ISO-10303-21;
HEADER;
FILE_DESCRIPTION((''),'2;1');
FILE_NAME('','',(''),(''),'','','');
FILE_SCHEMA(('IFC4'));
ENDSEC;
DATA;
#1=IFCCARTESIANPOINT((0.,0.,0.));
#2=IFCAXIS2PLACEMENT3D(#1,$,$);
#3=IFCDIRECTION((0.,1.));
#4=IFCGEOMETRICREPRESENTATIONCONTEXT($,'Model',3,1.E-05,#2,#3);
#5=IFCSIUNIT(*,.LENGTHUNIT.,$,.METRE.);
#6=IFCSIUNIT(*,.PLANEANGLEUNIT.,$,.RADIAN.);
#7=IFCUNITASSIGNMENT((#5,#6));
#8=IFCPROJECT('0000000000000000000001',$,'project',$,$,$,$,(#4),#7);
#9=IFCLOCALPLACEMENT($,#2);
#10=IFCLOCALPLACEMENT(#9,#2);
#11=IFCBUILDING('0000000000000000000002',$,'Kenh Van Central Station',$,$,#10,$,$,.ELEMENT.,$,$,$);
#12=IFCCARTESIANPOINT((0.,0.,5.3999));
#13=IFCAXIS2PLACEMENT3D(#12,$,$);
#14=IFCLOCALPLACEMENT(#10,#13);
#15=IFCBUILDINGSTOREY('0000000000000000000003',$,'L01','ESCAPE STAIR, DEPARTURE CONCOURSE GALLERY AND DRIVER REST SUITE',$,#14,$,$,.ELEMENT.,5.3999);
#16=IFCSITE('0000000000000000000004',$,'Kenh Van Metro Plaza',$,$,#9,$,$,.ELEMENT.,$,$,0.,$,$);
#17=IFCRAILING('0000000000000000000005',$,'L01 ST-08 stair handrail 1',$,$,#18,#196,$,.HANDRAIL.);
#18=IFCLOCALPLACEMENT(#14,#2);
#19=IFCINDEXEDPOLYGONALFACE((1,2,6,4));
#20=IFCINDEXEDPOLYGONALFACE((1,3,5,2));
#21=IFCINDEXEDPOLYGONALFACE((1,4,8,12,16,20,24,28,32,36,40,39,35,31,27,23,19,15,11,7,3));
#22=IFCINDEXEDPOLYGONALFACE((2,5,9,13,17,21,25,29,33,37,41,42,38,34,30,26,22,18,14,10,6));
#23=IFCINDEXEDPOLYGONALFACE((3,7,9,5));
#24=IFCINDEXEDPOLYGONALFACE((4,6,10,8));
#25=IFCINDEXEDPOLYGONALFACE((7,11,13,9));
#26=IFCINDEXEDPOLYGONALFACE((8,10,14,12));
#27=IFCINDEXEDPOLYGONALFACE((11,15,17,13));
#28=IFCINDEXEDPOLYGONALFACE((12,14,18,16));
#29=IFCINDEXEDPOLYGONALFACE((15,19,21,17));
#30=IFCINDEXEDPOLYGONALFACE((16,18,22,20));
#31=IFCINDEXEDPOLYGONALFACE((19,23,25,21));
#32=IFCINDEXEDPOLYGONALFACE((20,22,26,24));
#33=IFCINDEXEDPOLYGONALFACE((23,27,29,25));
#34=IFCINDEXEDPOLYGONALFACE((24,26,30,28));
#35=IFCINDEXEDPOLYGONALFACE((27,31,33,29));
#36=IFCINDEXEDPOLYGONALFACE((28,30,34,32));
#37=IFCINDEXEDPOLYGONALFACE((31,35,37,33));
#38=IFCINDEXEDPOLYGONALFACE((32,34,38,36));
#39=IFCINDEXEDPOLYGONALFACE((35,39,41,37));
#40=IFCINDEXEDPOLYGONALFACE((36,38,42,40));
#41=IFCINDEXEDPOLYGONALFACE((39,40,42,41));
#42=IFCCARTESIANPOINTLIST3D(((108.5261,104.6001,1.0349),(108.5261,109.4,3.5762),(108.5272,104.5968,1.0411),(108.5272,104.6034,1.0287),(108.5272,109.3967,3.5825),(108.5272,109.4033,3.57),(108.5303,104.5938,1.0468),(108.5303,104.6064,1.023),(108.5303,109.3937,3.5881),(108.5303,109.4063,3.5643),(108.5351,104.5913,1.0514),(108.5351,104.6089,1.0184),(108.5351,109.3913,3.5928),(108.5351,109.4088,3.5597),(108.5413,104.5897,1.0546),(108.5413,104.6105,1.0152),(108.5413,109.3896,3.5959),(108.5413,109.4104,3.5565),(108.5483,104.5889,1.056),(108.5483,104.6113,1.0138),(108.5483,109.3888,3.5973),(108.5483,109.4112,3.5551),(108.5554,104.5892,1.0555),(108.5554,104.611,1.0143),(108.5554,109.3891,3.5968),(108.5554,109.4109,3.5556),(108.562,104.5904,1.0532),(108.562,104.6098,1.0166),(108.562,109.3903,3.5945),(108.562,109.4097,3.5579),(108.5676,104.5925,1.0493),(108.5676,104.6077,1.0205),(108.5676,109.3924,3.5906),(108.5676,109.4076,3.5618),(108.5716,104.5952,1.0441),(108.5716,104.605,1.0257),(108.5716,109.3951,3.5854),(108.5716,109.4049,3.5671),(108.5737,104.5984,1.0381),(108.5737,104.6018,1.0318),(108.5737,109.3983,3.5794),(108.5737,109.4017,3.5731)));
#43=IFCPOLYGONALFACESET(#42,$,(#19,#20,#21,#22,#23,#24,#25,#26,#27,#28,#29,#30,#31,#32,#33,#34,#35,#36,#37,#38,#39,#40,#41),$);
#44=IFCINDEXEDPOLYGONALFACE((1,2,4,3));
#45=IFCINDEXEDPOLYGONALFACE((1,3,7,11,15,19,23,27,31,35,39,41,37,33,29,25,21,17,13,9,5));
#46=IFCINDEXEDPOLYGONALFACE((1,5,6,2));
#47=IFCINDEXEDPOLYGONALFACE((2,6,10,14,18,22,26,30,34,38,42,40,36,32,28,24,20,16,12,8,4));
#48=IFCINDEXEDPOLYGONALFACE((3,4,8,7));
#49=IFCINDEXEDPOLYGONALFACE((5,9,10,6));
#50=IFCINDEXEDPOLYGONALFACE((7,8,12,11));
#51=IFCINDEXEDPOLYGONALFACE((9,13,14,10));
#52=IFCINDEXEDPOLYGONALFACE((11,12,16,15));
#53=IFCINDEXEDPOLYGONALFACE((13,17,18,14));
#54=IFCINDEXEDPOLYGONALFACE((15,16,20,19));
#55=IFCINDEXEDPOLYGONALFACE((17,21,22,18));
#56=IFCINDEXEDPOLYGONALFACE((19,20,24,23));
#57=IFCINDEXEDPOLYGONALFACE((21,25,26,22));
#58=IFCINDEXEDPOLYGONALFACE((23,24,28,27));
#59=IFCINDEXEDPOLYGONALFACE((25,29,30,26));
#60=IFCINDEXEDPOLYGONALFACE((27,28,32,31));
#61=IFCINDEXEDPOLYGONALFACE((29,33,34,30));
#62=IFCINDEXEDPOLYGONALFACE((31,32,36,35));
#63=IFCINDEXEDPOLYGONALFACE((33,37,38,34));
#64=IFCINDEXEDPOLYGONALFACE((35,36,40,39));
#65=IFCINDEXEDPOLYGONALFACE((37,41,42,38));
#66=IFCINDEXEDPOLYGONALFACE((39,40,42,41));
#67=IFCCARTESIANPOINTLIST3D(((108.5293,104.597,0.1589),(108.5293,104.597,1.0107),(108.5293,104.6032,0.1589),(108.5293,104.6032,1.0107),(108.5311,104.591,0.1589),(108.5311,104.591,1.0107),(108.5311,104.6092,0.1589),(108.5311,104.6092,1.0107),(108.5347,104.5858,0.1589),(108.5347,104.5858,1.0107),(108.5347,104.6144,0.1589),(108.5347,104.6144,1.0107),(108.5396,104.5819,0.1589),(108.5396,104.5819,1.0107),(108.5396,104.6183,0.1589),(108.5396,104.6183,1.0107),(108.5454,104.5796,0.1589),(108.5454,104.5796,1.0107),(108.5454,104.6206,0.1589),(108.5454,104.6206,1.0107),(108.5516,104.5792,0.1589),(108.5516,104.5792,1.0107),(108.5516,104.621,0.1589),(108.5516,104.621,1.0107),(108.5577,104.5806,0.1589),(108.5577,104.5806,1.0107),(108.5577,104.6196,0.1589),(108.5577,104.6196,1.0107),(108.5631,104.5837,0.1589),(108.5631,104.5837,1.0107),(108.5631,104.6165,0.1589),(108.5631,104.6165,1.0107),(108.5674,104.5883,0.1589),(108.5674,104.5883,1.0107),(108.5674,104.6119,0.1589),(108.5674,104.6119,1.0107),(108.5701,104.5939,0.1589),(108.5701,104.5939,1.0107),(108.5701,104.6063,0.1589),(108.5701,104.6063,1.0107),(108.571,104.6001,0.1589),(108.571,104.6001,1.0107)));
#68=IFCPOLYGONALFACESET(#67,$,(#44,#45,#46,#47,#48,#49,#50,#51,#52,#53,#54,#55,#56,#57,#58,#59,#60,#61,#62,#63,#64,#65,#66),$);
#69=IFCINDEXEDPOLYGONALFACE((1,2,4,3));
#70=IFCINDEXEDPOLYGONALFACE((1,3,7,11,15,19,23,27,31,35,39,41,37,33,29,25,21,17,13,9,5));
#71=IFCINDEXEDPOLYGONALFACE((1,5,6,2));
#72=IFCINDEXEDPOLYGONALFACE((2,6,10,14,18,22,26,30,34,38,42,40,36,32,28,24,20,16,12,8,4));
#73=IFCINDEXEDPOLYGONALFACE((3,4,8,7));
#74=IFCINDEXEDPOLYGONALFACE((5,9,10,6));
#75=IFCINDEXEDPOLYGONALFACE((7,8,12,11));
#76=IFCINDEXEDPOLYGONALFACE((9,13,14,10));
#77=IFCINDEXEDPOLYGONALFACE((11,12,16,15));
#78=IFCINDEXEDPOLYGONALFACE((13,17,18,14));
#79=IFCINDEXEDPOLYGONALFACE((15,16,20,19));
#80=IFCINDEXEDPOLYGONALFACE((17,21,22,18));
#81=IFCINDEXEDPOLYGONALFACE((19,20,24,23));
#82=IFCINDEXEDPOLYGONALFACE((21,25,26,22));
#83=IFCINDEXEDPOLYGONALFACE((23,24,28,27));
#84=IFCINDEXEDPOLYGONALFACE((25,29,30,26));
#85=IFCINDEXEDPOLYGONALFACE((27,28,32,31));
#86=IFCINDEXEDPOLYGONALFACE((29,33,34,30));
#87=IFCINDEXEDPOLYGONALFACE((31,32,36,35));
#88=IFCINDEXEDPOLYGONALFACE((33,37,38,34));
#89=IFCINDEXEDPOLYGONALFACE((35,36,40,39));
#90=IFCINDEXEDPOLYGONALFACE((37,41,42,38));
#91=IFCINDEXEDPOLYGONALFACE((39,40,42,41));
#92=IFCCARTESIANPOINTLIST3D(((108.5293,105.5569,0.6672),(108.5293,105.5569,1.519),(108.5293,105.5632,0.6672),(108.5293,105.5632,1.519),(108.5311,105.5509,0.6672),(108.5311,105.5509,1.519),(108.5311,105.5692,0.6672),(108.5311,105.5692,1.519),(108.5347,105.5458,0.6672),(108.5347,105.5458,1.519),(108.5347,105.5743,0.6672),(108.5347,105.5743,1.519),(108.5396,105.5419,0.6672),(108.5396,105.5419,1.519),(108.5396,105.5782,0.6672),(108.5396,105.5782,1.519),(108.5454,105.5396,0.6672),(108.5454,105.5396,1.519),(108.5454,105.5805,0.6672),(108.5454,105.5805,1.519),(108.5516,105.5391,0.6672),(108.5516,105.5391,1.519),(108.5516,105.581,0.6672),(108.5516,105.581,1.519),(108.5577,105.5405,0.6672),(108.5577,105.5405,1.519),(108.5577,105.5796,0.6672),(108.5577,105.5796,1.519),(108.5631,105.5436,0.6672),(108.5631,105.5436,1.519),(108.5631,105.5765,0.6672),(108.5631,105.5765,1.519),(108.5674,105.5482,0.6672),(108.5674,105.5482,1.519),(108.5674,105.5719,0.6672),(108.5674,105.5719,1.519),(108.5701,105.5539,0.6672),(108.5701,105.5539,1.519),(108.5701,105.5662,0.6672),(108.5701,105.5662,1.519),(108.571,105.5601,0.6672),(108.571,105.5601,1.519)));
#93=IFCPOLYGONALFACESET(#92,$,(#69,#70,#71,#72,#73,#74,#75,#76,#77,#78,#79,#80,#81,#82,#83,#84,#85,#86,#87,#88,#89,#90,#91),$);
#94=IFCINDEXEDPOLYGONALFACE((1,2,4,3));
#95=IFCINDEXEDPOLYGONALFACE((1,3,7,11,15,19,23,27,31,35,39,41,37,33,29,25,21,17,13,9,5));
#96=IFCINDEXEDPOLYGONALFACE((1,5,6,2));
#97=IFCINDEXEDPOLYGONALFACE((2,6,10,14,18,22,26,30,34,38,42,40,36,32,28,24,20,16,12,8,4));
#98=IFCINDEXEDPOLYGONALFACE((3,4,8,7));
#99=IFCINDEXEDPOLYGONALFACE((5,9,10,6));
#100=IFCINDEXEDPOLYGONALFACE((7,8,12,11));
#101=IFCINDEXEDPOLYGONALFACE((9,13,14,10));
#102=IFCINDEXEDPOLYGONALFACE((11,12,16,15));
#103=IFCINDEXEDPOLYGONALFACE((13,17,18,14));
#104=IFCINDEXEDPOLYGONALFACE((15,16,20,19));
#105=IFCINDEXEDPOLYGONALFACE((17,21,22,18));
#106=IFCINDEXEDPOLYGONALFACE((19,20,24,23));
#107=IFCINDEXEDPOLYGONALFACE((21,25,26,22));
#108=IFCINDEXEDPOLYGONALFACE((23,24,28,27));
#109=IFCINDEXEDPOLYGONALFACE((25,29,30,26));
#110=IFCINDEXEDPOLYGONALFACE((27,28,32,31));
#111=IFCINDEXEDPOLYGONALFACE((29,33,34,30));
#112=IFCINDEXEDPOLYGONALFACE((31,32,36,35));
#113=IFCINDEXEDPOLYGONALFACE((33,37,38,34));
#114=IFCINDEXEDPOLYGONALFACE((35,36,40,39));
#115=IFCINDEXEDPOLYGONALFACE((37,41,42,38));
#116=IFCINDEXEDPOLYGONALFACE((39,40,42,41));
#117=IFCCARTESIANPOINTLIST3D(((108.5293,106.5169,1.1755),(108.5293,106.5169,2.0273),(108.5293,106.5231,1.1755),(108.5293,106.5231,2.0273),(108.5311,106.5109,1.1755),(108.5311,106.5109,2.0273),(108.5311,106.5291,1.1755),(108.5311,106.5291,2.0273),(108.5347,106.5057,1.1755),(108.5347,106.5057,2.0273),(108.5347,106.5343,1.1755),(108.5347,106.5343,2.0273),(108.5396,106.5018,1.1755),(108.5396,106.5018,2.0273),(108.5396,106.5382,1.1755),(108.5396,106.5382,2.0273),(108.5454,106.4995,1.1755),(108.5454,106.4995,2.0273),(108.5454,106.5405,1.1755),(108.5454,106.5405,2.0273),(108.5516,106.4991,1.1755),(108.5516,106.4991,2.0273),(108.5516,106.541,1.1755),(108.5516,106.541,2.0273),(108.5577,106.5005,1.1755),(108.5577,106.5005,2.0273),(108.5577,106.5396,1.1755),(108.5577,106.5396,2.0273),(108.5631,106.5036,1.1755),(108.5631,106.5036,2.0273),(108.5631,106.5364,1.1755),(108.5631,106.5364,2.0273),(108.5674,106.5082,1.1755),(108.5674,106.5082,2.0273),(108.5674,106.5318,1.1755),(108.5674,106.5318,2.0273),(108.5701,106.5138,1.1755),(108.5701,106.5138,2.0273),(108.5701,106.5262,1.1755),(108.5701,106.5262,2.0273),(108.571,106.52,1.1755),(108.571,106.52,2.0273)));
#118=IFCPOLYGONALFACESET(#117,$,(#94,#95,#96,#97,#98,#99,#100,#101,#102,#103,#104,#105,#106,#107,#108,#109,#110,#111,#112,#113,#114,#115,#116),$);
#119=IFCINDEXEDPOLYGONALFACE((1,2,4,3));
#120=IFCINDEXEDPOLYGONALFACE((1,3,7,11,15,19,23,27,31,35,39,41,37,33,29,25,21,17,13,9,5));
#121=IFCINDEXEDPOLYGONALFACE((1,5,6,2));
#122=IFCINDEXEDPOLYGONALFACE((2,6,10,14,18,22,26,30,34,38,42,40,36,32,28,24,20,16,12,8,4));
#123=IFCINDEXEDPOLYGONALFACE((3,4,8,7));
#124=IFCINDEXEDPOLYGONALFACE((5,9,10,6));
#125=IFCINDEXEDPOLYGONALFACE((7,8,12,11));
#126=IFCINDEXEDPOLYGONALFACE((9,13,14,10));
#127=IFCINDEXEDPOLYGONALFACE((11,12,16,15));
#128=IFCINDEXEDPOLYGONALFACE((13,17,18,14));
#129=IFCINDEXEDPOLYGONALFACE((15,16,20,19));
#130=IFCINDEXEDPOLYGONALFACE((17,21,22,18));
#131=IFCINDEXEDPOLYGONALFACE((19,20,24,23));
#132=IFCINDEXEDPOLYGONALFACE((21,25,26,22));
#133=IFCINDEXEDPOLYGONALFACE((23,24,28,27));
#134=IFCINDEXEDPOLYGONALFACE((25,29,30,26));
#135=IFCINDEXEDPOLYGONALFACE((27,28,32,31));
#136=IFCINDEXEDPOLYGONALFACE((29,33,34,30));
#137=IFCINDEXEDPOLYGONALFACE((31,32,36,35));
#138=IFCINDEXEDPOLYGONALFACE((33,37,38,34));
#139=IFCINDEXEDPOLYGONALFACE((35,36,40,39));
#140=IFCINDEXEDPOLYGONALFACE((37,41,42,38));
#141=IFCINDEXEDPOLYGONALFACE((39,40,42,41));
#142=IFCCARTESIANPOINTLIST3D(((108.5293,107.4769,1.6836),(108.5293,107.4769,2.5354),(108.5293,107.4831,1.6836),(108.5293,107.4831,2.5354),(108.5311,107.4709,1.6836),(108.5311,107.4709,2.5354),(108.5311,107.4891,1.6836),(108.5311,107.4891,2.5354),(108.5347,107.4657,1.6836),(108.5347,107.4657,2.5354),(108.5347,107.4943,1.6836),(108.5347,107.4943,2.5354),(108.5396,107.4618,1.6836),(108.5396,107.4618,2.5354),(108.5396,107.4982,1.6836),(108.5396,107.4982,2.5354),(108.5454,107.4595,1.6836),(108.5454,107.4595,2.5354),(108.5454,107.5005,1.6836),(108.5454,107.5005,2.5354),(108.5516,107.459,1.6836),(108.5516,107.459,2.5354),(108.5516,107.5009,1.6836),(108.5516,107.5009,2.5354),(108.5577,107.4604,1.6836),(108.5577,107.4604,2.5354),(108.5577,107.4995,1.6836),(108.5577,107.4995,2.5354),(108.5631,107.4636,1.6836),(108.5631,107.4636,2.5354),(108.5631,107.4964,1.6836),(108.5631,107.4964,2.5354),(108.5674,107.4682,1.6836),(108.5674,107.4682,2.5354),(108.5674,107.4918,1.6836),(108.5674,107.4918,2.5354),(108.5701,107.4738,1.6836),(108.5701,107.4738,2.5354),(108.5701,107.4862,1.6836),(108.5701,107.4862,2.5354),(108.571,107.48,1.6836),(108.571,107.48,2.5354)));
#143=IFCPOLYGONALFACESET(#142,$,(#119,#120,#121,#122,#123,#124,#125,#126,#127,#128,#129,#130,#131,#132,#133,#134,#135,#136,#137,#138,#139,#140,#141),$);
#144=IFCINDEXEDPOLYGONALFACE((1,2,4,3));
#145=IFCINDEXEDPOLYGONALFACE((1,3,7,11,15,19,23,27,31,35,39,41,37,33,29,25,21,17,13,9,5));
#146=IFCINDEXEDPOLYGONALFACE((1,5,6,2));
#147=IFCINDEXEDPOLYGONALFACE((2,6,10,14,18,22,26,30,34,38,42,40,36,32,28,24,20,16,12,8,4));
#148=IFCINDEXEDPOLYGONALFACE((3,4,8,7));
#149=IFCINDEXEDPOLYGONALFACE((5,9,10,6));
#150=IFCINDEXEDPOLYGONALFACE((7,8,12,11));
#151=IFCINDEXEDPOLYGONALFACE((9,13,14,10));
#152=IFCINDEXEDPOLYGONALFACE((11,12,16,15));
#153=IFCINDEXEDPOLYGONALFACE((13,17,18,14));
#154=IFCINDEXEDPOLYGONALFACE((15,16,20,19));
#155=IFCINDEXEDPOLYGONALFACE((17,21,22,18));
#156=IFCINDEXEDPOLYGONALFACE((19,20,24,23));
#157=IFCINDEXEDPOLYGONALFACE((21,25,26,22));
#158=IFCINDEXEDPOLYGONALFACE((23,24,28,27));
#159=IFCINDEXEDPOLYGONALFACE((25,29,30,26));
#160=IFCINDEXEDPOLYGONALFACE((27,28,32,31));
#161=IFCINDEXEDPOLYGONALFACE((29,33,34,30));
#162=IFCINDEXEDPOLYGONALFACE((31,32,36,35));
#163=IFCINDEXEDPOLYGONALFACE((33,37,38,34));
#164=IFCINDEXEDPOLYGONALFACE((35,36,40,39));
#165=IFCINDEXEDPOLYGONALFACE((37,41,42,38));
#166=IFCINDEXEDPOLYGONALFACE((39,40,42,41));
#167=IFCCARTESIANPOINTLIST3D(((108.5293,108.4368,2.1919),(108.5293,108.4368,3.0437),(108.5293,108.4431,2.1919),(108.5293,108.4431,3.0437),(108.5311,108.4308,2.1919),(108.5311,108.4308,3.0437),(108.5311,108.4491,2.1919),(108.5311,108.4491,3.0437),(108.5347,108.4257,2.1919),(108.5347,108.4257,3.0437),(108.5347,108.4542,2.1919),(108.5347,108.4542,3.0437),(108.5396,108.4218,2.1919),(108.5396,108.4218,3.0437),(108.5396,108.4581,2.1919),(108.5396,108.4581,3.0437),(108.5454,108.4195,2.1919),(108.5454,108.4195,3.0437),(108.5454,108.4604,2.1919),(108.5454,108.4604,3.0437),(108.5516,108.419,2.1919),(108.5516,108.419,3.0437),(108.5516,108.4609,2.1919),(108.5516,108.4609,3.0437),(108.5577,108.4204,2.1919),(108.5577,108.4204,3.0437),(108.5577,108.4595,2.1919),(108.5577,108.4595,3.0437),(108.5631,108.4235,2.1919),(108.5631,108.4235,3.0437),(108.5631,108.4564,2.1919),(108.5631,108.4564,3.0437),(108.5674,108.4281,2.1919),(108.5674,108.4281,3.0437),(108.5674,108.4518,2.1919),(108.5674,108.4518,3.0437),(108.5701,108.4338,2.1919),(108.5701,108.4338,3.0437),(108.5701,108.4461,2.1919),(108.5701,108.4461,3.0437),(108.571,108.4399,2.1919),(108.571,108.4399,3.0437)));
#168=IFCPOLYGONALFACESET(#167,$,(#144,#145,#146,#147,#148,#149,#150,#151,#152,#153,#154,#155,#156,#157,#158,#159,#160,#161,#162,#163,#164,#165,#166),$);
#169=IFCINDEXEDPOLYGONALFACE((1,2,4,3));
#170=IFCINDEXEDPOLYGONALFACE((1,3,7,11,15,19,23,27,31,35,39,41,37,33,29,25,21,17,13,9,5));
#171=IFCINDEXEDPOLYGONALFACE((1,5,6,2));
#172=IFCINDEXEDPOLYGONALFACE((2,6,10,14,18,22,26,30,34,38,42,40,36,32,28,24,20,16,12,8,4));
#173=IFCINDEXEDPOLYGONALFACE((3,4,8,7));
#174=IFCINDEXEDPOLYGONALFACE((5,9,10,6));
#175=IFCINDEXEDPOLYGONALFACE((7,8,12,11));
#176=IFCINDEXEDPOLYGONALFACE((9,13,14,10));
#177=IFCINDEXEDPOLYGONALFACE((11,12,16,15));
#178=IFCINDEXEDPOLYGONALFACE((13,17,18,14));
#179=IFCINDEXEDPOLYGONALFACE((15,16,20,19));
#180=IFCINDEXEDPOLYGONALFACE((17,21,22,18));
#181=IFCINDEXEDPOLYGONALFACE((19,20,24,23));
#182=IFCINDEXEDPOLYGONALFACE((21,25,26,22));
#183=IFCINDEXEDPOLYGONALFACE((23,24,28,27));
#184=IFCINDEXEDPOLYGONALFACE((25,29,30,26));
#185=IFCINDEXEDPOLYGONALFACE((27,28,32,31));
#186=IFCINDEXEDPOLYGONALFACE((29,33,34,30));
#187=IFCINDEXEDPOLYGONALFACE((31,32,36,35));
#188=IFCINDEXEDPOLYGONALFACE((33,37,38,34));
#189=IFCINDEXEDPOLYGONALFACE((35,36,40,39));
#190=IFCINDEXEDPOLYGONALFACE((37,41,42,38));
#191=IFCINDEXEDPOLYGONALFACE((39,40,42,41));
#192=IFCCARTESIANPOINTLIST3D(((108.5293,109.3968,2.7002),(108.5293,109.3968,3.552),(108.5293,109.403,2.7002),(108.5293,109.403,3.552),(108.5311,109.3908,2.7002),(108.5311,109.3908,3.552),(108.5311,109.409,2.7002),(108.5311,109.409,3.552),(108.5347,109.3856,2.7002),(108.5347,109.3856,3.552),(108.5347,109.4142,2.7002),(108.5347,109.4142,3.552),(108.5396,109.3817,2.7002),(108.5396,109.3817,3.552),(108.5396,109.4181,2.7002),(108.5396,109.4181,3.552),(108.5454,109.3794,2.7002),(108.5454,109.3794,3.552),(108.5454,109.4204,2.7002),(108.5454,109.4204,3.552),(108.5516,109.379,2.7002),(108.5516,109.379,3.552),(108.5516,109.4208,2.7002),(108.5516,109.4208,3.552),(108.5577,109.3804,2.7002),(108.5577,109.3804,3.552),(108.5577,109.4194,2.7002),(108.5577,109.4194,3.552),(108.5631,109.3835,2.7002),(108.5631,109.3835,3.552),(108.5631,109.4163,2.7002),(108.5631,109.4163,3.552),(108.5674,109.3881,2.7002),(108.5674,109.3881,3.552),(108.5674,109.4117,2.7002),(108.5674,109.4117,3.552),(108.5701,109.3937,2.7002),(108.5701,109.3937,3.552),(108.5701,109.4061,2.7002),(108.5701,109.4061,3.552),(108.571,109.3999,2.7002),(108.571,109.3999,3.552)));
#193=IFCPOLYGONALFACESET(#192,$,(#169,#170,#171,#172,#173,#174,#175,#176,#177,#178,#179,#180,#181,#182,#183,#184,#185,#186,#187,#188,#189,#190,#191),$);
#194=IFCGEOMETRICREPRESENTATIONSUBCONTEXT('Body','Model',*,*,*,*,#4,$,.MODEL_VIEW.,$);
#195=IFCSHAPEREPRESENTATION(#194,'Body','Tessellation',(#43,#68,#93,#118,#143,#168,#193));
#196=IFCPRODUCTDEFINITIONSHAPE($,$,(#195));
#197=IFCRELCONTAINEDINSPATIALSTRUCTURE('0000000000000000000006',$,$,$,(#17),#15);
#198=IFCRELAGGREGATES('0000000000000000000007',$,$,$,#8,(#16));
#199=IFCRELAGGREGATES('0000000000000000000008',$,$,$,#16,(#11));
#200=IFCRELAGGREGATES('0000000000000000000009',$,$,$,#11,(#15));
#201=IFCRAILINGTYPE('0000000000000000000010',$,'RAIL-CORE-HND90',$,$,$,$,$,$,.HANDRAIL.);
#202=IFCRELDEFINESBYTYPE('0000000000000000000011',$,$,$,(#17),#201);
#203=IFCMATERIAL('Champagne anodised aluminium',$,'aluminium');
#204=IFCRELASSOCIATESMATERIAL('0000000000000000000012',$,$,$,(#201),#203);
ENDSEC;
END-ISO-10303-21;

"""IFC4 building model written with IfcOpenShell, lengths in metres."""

from ifc_helpers import new_model, si_unit, direction, frame, origin, origin_2d, place, context, subcontext, project, spatial, circle, extrude, material, type_object, element, save


model = new_model("IFC4")

# Units and contexts
model_context = context("Model", 3, precision=1e-05, world=origin(), true_north=direction((0.0, 1.0)))
body_context = subcontext(model_context, "Body", "Model", "MODEL_VIEW")
ifc_project = project(units=[si_unit("LENGTHUNIT", "METRE"), si_unit("PLANEANGLEUNIT", "RADIAN")], contexts=[model_context])

# Site, building, storey
site_placement = place(None, origin())
site = spatial("IfcSite", under=ifc_project, at=site_placement, Name="Kenh Van Metro Plaza", CompositionType="ELEMENT", RefElevation=0.0)
building_placement = place(site_placement, origin())
building = spatial("IfcBuilding", under=site, at=building_placement, Name="Kenh Van Central Station", CompositionType="ELEMENT")
storey_placement = place(building_placement, frame((0.0, 0.0, 5.3999)))
storey = spatial("IfcBuildingStorey", under=building, at=storey_placement, Name="L01", Description="ESCAPE STAIR, DEPARTURE CONCOURSE GALLERY AND DRIVER REST SUITE", CompositionType="ELEMENT", Elevation=5.3999)

# Railing
ifc_material_1 = material(Name="Champagne anodised aluminium", Category="aluminium")
railing_type_1 = type_object("IfcRailingType", Name="RAIL-CORE-HND90", PredefinedType="HANDRAIL", material=ifc_material_1)
railing_1_placement = place(storey_placement, frame((108.55, 104.6001, 0.1589)))
element("IfcRailing", 1, at=railing_1_placement, inside=storey, type_object=railing_type_1, Name="L01 ST-08 stair handrail 1", PredefinedType="HANDRAIL", context=body_context, shape_type="SweptSolid", body=[
    extrude(circle(Radius=0.0239, at=origin_2d()), frame((0.0, 0.0, 0.876), z_axis=(0.0, 0.883774, 0.467915), x_axis=(-1.0, 0.0, 0.0)), (0.0, 0.0, 1.0), 5.4312),
    extrude(circle(Radius=0.021, at=origin_2d()), origin(), (0.0, 0.0, 1.0), 0.8518),
    extrude(circle(Radius=0.021, at=origin_2d()), frame((0.0, 0.96, 0.5083)), (0.0, 0.0, 1.0), 0.8518),
    extrude(circle(Radius=0.021, at=origin_2d()), frame((0.0, 1.9199, 1.0166)), (0.0, 0.0, 1.0), 0.8518),
    extrude(circle(Radius=0.021, at=origin_2d()), frame((0.0, 2.8799, 1.5247)), (0.0, 0.0, 1.0), 0.8518),
    extrude(circle(Radius=0.021, at=origin_2d()), frame((0.0, 3.8398, 2.033)), (0.0, 0.0, 1.0), 0.8518),
    extrude(circle(Radius=0.021, at=origin_2d()), frame((0.0, 4.7998, 2.5413)), (0.0, 0.0, 1.0), 0.8518),
])

save(model, "model.ifc")
